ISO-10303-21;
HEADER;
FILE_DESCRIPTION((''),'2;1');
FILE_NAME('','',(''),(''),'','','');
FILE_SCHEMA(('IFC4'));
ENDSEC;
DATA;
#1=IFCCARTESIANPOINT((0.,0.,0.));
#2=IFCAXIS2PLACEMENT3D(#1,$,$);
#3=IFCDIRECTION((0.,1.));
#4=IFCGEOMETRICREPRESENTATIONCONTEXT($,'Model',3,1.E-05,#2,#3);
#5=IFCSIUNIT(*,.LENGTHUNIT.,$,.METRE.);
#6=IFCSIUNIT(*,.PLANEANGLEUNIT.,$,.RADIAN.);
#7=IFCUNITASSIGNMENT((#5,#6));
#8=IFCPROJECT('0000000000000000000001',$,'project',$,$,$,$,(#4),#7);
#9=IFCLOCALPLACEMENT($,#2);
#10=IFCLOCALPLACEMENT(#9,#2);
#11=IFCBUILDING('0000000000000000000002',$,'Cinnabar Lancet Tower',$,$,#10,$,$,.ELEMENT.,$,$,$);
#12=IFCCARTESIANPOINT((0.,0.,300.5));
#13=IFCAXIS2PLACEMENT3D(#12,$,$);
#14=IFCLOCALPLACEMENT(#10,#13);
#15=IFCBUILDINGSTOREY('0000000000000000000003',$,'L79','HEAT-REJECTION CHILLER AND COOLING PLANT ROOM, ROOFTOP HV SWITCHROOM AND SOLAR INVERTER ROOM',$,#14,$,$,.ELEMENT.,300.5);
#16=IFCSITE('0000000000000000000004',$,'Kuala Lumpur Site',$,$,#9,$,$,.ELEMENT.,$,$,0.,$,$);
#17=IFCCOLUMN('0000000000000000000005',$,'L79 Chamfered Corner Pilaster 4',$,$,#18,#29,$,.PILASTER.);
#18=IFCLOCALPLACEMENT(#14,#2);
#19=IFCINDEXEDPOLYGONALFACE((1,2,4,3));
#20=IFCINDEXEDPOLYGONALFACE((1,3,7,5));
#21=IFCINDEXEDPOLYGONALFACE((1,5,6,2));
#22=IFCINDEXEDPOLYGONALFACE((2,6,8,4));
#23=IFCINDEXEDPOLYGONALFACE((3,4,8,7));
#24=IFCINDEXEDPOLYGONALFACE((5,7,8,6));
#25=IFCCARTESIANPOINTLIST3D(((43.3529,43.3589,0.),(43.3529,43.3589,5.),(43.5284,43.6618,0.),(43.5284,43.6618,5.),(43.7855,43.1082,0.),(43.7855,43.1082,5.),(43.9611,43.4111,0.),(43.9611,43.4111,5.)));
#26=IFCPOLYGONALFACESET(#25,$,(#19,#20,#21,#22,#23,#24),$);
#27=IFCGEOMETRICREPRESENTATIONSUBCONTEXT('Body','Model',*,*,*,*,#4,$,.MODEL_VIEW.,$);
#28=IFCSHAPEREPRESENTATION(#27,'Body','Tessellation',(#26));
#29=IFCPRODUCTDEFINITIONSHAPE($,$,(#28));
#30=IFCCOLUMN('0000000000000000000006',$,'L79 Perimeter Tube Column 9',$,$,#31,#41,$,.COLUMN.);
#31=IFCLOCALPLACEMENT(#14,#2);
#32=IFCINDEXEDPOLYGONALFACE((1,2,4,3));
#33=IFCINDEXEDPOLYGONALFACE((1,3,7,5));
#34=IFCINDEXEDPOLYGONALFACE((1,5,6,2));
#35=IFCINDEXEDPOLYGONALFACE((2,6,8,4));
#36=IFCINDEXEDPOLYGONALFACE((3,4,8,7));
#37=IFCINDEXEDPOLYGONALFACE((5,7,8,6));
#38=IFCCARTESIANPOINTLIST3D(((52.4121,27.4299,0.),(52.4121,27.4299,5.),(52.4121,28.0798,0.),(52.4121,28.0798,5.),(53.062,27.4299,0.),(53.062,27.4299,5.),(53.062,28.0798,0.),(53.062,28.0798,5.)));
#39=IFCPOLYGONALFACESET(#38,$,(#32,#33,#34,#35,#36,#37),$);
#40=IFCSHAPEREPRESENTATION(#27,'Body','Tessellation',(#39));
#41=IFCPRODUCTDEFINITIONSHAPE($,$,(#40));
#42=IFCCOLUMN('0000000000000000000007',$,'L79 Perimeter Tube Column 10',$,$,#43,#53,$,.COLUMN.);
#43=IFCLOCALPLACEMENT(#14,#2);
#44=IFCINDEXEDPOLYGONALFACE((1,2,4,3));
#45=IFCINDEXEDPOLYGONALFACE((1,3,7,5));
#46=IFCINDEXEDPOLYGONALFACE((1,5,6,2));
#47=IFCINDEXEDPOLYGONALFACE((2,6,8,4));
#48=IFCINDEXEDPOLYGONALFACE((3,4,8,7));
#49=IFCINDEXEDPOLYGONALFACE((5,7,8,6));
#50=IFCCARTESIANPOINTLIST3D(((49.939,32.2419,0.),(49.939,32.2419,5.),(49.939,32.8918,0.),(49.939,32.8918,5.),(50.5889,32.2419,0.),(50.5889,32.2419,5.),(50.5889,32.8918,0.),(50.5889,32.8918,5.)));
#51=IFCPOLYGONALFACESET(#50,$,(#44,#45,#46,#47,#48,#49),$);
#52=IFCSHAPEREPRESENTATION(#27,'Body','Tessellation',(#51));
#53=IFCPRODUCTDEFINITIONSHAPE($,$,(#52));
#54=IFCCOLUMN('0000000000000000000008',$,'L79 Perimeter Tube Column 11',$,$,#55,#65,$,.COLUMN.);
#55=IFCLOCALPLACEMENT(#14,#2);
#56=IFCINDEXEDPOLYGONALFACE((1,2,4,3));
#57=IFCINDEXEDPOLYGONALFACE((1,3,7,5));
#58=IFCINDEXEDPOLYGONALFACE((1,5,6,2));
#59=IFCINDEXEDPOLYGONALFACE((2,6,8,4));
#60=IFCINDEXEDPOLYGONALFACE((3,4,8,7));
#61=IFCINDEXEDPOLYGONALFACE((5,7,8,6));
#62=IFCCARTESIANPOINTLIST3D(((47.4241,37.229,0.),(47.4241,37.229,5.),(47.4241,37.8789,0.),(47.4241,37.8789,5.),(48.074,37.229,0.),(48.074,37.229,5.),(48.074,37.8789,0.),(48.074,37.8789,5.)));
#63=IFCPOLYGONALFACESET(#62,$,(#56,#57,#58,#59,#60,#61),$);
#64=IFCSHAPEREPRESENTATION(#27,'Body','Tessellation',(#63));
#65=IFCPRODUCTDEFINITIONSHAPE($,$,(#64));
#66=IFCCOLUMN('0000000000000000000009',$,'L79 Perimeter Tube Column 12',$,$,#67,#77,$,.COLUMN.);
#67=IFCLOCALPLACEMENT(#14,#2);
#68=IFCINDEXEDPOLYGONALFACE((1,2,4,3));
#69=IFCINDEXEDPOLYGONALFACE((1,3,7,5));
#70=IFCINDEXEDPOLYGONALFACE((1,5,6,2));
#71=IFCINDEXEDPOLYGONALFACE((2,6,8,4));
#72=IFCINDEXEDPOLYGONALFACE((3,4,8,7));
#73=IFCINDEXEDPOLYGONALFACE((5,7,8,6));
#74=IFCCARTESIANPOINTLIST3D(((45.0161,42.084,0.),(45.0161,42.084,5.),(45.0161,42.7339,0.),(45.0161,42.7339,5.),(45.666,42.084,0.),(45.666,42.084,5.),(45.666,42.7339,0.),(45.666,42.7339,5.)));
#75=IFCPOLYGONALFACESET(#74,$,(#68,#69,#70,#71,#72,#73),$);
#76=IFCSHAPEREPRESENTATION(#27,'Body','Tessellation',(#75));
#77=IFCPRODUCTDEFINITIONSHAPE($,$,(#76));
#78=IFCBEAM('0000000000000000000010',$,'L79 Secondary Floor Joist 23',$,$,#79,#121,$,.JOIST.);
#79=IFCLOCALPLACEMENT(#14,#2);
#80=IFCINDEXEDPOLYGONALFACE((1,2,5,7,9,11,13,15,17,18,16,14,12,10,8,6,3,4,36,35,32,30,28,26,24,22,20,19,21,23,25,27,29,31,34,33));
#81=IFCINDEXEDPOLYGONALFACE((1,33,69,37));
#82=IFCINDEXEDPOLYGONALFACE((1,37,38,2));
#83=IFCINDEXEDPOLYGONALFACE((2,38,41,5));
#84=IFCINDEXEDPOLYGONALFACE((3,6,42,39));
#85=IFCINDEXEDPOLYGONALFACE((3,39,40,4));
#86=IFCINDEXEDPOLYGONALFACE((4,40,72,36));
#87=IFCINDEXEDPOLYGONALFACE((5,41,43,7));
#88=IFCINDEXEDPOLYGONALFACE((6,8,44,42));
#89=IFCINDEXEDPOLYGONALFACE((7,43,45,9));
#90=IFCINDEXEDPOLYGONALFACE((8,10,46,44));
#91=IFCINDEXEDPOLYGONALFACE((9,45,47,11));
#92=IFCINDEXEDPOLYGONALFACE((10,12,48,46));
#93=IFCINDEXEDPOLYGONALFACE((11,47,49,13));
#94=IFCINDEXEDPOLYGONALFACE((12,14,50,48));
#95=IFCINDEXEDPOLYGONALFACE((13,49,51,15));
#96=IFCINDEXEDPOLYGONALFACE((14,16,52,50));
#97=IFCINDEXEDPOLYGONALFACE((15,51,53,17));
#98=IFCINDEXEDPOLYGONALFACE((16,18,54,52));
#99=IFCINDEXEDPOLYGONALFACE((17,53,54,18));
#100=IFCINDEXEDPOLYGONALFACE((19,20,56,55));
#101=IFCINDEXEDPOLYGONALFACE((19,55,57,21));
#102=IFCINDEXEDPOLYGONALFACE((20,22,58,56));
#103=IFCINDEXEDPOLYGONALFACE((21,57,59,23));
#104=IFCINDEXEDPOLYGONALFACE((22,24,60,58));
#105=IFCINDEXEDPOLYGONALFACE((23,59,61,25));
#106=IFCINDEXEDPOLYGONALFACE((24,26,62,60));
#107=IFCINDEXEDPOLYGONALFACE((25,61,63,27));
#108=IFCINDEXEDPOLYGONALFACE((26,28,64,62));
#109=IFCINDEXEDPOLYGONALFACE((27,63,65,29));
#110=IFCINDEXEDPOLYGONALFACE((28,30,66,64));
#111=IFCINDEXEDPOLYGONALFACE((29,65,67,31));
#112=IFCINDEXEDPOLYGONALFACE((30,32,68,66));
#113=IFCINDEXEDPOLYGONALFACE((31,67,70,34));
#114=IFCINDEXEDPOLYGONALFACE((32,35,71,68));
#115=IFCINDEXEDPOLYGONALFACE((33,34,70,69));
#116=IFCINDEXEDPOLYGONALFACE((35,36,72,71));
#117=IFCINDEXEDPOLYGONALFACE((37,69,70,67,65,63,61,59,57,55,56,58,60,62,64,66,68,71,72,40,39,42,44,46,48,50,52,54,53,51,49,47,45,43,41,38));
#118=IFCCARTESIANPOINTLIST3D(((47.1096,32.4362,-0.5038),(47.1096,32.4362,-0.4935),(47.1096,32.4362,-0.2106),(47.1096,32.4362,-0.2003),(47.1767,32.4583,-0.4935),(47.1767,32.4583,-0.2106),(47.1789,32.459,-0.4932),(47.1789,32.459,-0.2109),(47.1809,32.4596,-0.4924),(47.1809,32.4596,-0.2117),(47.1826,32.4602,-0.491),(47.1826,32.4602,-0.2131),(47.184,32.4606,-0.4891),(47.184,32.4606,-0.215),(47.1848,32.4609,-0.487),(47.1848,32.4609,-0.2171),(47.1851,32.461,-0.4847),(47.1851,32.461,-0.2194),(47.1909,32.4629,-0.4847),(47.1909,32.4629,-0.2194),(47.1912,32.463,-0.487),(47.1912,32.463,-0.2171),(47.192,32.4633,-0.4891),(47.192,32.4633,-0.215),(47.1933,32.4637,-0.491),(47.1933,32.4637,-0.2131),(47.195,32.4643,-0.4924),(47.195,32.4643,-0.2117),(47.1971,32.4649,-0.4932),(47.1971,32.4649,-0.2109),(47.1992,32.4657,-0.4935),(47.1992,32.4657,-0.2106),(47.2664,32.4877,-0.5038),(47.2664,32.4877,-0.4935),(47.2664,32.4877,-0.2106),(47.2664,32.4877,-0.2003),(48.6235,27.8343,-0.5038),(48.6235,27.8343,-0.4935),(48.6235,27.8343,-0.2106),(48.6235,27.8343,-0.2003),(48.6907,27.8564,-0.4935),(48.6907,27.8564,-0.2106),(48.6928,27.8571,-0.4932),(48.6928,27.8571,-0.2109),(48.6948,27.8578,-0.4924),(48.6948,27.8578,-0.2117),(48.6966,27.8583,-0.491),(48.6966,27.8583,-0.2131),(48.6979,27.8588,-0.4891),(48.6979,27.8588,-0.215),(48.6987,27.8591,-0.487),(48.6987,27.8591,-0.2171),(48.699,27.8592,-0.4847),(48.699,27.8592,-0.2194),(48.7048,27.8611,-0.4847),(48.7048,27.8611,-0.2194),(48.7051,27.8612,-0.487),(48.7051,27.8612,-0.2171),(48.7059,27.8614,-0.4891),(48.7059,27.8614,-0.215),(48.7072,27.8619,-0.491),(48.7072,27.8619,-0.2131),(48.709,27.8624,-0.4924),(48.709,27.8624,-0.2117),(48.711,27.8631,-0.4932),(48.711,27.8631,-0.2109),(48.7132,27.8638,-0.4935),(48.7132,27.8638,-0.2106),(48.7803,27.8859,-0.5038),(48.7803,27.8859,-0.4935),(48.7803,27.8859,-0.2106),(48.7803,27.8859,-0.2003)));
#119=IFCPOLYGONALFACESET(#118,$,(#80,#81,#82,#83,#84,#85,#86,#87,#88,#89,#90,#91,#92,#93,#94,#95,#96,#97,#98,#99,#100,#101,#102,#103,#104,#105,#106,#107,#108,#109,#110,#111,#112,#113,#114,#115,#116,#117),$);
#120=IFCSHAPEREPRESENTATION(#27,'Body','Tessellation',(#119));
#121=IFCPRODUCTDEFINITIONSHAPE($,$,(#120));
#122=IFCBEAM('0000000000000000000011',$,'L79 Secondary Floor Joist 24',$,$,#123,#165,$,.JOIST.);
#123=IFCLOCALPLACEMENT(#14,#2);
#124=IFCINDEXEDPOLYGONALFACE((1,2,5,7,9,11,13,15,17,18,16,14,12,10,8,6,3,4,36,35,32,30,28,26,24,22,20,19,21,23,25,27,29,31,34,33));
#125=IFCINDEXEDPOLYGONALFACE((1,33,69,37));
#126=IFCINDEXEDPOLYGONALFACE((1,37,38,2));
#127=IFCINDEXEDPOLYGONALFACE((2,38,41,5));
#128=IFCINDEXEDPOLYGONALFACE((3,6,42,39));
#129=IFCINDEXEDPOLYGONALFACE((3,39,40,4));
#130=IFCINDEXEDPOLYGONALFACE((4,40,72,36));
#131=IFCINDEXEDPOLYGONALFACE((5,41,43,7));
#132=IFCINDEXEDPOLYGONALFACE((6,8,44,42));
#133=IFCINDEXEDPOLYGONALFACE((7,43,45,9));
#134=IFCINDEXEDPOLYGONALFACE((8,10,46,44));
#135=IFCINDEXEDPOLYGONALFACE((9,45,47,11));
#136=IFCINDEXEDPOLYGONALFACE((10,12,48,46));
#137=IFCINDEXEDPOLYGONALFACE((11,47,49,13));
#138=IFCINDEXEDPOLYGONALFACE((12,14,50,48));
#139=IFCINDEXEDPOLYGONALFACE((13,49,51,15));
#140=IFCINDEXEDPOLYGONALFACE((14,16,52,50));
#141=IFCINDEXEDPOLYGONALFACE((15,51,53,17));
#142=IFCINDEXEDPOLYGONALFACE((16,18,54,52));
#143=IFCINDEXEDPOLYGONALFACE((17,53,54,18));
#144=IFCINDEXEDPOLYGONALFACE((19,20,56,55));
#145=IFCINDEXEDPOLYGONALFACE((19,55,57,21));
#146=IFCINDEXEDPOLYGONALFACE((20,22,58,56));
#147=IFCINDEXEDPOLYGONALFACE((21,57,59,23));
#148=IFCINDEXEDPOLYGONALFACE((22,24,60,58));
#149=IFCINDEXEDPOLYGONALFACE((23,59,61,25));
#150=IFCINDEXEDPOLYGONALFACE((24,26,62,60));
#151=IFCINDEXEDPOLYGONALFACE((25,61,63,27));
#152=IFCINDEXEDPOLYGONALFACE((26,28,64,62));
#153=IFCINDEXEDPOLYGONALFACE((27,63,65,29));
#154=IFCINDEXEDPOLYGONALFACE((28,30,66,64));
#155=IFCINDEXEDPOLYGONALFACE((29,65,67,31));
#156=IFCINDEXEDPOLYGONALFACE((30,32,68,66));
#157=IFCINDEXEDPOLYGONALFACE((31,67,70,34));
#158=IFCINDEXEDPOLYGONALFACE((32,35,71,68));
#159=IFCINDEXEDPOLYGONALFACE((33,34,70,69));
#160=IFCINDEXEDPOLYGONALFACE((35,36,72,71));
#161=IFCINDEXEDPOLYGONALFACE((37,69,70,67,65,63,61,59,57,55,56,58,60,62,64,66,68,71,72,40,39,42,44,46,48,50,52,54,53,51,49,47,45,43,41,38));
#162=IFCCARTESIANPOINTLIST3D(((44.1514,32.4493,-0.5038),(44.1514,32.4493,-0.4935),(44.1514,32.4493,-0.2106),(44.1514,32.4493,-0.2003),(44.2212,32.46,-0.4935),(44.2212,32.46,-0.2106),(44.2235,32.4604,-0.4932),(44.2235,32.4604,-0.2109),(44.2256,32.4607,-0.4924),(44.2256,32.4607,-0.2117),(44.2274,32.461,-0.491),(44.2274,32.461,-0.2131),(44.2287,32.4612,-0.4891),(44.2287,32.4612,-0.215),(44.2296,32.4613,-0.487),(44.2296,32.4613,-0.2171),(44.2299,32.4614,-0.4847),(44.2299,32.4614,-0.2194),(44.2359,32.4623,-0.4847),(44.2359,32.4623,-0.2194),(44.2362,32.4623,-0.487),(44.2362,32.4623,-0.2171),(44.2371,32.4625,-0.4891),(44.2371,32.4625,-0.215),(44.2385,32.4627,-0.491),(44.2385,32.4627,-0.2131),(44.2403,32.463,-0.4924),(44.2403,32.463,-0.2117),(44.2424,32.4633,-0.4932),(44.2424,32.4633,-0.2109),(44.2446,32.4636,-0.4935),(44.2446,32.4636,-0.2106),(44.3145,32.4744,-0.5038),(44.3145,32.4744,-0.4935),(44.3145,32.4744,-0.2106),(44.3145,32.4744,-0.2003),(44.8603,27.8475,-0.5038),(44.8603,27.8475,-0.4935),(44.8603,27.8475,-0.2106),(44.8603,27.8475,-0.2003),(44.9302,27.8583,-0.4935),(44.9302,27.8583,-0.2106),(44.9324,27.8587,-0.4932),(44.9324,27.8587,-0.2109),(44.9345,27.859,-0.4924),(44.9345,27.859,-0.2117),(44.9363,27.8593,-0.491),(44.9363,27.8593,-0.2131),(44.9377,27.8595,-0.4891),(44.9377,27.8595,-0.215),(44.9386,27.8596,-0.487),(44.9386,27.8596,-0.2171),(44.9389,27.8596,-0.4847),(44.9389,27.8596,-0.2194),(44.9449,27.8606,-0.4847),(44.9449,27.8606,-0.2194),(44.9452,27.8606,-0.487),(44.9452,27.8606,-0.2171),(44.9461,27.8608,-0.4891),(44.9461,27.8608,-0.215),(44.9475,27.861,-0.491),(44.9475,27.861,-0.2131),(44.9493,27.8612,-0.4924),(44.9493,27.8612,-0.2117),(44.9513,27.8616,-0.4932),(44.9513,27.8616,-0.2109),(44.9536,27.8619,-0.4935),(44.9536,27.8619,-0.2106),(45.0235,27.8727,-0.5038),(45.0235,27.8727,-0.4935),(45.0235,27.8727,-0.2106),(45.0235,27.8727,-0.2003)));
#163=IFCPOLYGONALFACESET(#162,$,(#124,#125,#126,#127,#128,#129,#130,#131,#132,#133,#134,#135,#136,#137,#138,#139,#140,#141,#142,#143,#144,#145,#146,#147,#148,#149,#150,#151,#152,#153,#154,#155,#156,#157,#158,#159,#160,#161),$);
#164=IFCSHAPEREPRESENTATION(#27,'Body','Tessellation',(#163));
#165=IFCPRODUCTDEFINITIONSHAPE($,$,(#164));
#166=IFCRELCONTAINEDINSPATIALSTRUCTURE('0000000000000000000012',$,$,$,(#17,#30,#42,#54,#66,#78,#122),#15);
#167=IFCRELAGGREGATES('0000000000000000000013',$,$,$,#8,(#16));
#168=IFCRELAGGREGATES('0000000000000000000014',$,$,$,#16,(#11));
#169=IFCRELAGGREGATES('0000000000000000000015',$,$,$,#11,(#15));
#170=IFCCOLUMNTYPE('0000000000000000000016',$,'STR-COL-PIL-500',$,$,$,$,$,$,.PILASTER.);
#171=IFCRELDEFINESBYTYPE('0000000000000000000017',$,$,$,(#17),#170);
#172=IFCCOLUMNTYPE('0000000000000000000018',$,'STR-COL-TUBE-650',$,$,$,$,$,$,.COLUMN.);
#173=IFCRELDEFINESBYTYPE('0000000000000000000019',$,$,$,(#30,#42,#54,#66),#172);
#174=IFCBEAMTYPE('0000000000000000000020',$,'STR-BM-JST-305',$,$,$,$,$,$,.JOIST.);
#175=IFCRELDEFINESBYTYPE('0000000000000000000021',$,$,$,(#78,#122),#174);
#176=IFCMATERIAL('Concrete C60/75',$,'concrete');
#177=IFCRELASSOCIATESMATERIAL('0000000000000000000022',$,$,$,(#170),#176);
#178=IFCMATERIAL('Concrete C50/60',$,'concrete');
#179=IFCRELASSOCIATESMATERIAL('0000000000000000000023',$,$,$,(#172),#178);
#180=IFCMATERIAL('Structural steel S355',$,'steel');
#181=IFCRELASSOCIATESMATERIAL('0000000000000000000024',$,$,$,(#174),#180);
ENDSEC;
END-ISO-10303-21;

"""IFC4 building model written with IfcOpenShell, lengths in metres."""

from ifc_helpers import new_model, si_unit, direction, frame, origin, origin_2d, place, context, subcontext, project, spatial, rectangle, i_section, extrude, material, material_profile, profile_set, type_object, element, save


model = new_model("IFC4")

# Units and contexts
model_context = context("Model", 3, precision=1e-05, world=origin(), true_north=direction((0.0, 1.0)))
body_context = subcontext(model_context, "Body", "Model", "MODEL_VIEW")
ifc_project = project(units=[si_unit("LENGTHUNIT", "METRE"), si_unit("PLANEANGLEUNIT", "RADIAN")], contexts=[model_context])

# Site, building, storey
site_placement = place(None, origin())
site = spatial("IfcSite", under=ifc_project, at=site_placement, Name="Kuala Lumpur Site", CompositionType="ELEMENT", RefElevation=0.0)
building_placement = place(site_placement, origin())
building = spatial("IfcBuilding", under=site, at=building_placement, Name="Cinnabar Lancet Tower", CompositionType="ELEMENT")
storey_placement = place(building_placement, frame((0.0, 0.0, 300.5)))
storey = spatial("IfcBuildingStorey", under=building, at=storey_placement, Name="L79", Description="HEAT-REJECTION CHILLER AND COOLING PLANT ROOM, ROOFTOP HV SWITCHROOM AND SOLAR INVERTER ROOM", CompositionType="ELEMENT", Elevation=300.5)

# Columns
ifc_material_1 = material(Name="Concrete C60/75", Category="concrete")
ifc_material_profile_1 = material_profile(ifc_material_1, rectangle(XDim=0.5, YDim=0.3501, at=origin_2d()), Name="RC-PIL 500x350")
ifc_profile_set_1 = profile_set([ifc_material_profile_1], Name="Concrete C60/75")
column_type_1 = type_object("IfcColumnType", Name="STR-COL-PIL-500", PredefinedType="PILASTER", material=ifc_profile_set_1)
column_placement = place(storey_placement, frame((43.657, 43.385, 0.0), z_axis=(0.0, 0.0, 1.0), x_axis=(-0.865256, 0.50133, 0.0)))
element("IfcColumn", 1, at=column_placement, inside=storey, type_object=column_type_1, Name="L79 Chamfered Corner Pilaster 4", PredefinedType="PILASTER", context=body_context, shape_type="SweptSolid", body=[
    extrude(rectangle(XDim=0.5, YDim=0.3501, at=origin_2d()), origin(), (0.0, 0.0, 1.0), 5.0),
])
ifc_material_2 = material(Name="Concrete C50/60", Category="concrete")
ifc_material_profile_2 = material_profile(ifc_material_2, rectangle(XDim=0.6499, YDim=0.6499, at=origin_2d()), Name="RC-COL 650x650")
ifc_profile_set_2 = profile_set([ifc_material_profile_2], Name="Concrete C50/60")
column_type_2 = type_object("IfcColumnType", Name="STR-COL-TUBE-650", PredefinedType="COLUMN", material=ifc_profile_set_2)
for number, where, z_axis, x_axis, name in (
    (2, (52.7371, 27.7549, 0.0), (0.0, 0.0, 1.0), (1.0, 0.0, 0.0), "L79 Perimeter Tube Column 9"),
    (3, (50.2639, 32.5669, 0.0), (0.0, 0.0, 1.0), (1.0, 0.0, 0.0), "L79 Perimeter Tube Column 10"),
    (4, (47.749, 37.554, 0.0), (0.0, 0.0, 1.0), (1.0, 0.0, 0.0), "L79 Perimeter Tube Column 11"),
    (5, (45.3411, 42.4089, 0.0), (0.0, 0.0, 1.0), (1.0, 0.0, 0.0), "L79 Perimeter Tube Column 12"),
):
    element("IfcColumn", number, at=place(storey_placement, frame(where, z_axis=z_axis, x_axis=x_axis)), inside=storey, type_object=column_type_2, Name=name, PredefinedType="COLUMN", context=body_context, shape_type="SweptSolid", body=[
        extrude(rectangle(XDim=0.6499, YDim=0.6499, at=origin_2d()), origin(), (0.0, 0.0, 1.0), 5.0),
    ])

# Beams
ifc_material_3 = material(Name="Structural steel S355", Category="steel")
ifc_material_profile_3 = material_profile(ifc_material_3, i_section(OverallWidth=0.165, OverallDepth=0.3035, WebThickness=0.0061, FlangeThickness=0.0103, FilletRadius=0.0088, at=origin_2d()), Name="UKB 305x165x40")
ifc_profile_set_3 = profile_set([ifc_material_profile_3], Name="Structural steel S355")
beam_type_1 = type_object("IfcBeamType", Name="STR-BM-JST-305", PredefinedType="JOIST", material=ifc_profile_set_3)
beam_1_placement = place(storey_placement, frame((48.7019, 27.8601, -0.3521), z_axis=(-0.312506, 0.949916, 0.0), x_axis=(-0.949916, -0.312506, 0.0)))
element("IfcBeam", 6, at=beam_1_placement, inside=storey, type_object=beam_type_1, Name="L79 Secondary Floor Joist 23", PredefinedType="JOIST", context=body_context, shape_type="SweptSolid", body=[
    extrude(i_section(OverallWidth=0.165, OverallDepth=0.3035, WebThickness=0.0061, FlangeThickness=0.0103, FilletRadius=0.0088, at=origin_2d()), origin(), (0.0, 0.0, 1.0), 4.8445),
])
beam_2_placement = place(storey_placement, frame((44.9419, 27.8601, -0.3521), z_axis=(-0.15227, 0.988339, 0.0), x_axis=(-0.988339, -0.15227, 0.0)))
element("IfcBeam", 7, at=beam_2_placement, inside=storey, type_object=beam_type_1, Name="L79 Secondary Floor Joist 24", PredefinedType="JOIST", context=body_context, shape_type="SweptSolid", body=[
    extrude(i_section(OverallWidth=0.165, OverallDepth=0.3035, WebThickness=0.0061, FlangeThickness=0.0103, FilletRadius=0.0088, at=origin_2d()), origin(), (0.0, 0.0, 1.0), 4.656),
])

save(model, "model.ifc")
